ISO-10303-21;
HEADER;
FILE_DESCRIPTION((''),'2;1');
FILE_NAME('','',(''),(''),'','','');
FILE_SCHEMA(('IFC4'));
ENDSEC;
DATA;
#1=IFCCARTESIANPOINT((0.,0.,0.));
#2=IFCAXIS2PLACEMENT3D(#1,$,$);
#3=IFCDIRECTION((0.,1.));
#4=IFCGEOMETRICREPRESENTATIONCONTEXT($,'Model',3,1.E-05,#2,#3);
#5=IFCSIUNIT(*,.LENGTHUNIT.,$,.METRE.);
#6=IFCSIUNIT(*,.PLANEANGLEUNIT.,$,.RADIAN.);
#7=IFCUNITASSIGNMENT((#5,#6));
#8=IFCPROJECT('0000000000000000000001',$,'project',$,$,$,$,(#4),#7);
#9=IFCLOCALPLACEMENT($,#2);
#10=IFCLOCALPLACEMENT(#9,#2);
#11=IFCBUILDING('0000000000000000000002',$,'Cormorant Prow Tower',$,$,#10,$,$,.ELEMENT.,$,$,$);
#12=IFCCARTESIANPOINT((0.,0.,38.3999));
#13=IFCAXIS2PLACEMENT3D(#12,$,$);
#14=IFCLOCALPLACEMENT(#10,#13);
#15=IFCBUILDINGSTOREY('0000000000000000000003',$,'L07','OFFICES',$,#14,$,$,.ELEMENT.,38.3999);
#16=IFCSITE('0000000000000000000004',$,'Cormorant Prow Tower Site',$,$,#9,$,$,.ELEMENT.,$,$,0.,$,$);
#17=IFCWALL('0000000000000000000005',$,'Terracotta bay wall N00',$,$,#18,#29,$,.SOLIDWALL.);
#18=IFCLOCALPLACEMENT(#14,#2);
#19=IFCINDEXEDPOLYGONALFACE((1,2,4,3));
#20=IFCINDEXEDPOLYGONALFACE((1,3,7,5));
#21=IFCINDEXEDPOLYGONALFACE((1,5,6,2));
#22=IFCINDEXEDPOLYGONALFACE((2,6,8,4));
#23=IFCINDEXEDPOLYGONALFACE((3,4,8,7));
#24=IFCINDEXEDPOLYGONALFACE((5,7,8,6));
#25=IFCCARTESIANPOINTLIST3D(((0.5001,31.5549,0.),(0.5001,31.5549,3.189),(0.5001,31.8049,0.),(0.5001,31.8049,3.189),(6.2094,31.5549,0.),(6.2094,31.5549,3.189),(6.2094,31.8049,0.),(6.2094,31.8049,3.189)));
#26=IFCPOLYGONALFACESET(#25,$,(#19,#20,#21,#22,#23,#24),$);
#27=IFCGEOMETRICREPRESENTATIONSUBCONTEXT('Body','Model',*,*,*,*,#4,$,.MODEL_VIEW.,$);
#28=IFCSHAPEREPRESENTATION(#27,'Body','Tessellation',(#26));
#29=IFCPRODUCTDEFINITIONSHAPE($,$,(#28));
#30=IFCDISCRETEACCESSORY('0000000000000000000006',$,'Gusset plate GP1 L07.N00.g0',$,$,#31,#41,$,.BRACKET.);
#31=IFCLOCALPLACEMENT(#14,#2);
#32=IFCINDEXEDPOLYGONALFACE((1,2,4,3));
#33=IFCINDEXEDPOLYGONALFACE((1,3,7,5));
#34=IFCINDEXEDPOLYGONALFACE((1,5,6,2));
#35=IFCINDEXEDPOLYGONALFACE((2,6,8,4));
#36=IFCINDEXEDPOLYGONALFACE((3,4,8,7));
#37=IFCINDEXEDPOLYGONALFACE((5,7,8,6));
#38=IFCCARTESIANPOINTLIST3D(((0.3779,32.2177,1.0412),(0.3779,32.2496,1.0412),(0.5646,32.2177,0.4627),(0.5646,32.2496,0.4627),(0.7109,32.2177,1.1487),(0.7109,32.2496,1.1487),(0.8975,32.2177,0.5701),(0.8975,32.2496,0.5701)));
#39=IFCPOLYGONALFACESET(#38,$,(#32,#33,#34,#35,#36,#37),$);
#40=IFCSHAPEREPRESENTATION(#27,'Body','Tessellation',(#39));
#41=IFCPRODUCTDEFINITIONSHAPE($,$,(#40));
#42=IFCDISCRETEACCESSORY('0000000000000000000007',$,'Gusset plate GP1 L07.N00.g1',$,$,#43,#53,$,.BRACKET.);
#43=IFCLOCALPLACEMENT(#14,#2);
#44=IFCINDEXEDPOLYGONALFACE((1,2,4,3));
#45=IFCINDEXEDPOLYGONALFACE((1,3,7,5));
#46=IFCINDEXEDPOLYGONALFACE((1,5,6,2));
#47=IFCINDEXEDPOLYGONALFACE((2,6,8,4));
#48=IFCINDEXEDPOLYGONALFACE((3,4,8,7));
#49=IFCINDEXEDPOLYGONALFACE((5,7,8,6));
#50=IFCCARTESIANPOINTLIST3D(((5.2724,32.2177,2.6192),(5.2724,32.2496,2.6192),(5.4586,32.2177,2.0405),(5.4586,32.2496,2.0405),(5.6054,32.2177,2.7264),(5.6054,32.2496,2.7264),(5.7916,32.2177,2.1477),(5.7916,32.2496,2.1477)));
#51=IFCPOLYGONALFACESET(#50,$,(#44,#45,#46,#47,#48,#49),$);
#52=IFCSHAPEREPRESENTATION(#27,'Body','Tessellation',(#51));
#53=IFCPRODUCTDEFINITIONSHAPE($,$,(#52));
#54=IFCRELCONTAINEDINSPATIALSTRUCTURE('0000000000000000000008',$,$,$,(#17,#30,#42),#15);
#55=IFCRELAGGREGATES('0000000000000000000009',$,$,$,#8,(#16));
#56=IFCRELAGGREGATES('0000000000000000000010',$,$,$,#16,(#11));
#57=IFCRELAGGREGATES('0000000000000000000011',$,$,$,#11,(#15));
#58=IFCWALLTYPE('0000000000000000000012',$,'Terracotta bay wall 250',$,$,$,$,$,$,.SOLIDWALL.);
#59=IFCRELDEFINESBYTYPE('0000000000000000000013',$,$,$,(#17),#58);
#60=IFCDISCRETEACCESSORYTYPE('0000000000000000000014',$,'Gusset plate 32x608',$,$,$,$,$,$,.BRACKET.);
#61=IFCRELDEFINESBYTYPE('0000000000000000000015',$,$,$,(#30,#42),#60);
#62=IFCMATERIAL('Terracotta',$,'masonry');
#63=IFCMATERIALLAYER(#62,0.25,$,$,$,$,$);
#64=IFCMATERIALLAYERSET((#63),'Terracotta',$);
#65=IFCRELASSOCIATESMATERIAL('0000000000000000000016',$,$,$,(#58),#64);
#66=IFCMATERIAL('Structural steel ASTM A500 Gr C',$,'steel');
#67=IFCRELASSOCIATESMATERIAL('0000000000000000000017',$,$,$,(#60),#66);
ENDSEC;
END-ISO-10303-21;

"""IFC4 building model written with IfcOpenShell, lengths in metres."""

from ifc_helpers import new_model, si_unit, direction, frame, frame_2d, origin, origin_2d, place, context, subcontext, project, spatial, rectangle, extrude, material, layer, layer_set, material_profile, profile_set, type_object, element, save


model = new_model("IFC4")

# Units and contexts
model_context = context("Model", 3, precision=1e-05, world=origin(), true_north=direction((0.0, 1.0)))
body_context = subcontext(model_context, "Body", "Model", "MODEL_VIEW")
ifc_project = project(units=[si_unit("LENGTHUNIT", "METRE"), si_unit("PLANEANGLEUNIT", "RADIAN")], contexts=[model_context])

# Site, building, storey
site_placement = place(None, origin())
site = spatial("IfcSite", under=ifc_project, at=site_placement, Name="Cormorant Prow Tower Site", CompositionType="ELEMENT", RefElevation=0.0)
building_placement = place(site_placement, origin())
building = spatial("IfcBuilding", under=site, at=building_placement, Name="Cormorant Prow Tower", CompositionType="ELEMENT")
storey_placement = place(building_placement, frame((0.0, 0.0, 38.3999)))
storey = spatial("IfcBuildingStorey", under=building, at=storey_placement, Name="L07", Description="OFFICES", CompositionType="ELEMENT", Elevation=38.3999)

# Wall
ifc_material_1 = material(Name="Terracotta", Category="masonry")
ifc_layer_1 = layer(ifc_material_1, 0.25)
ifc_layer_set_1 = layer_set([ifc_layer_1], Name="Terracotta")
wall_type_1 = type_object("IfcWallType", Name="Terracotta bay wall 250", PredefinedType="SOLIDWALL", material=ifc_layer_set_1)
wall_1_placement = place(storey_placement, frame((6.2092, 31.6799, 0.0), z_axis=(0.0, 0.0, 1.0), x_axis=(-1.0, 0.0, 0.0)))
element("IfcWall", 1, at=wall_1_placement, inside=storey, type_object=wall_type_1, Name="Terracotta bay wall N00", PredefinedType="SOLIDWALL", context=body_context, shape_type="SweptSolid", body=[
    extrude(rectangle(XDim=5.7092, YDim=0.25, at=frame_2d((2.8545, 0.0))), origin(), (0.0, 0.0, 1.0), 3.189),
])

# Discrete accessories
ifc_material_2 = material(Name="Structural steel ASTM A500 Gr C", Category="steel")
ifc_material_profile_1 = material_profile(ifc_material_2, rectangle(XDim=0.032, YDim=0.6079, at=origin_2d()), Name="Gusset plate 32x608")
ifc_profile_set_1 = profile_set([ifc_material_profile_1], Name="Structural steel ASTM A500 Gr C")
discrete_accessory_type = type_object("IfcDiscreteAccessoryType", Name="Gusset plate 32x608", PredefinedType="BRACKET", material=ifc_profile_set_1)
for number, where, z_axis, x_axis, name in (
    (2, (0.8042, 32.2336, 0.8594), (-0.951709, 0.0, -0.307003), (0.0, -1.0, 0.0), "Gusset plate GP1 L07.N00.g0"),
    (3, (5.3655, 32.2336, 2.3298), (0.951912, 0.0, 0.306371), (0.0, 1.0, 0.0), "Gusset plate GP1 L07.N00.g1"),
):
    element("IfcDiscreteAccessory", number, at=place(storey_placement, frame(where, z_axis=z_axis, x_axis=x_axis)), inside=storey, type_object=discrete_accessory_type, Name=name, PredefinedType="BRACKET", context=body_context, shape_type="SweptSolid", body=[
        extrude(rectangle(XDim=0.032, YDim=0.6079, at=origin_2d()), origin(), (0.0, 0.0, 1.0), 0.3499),
    ])

save(model, "model.ifc")
